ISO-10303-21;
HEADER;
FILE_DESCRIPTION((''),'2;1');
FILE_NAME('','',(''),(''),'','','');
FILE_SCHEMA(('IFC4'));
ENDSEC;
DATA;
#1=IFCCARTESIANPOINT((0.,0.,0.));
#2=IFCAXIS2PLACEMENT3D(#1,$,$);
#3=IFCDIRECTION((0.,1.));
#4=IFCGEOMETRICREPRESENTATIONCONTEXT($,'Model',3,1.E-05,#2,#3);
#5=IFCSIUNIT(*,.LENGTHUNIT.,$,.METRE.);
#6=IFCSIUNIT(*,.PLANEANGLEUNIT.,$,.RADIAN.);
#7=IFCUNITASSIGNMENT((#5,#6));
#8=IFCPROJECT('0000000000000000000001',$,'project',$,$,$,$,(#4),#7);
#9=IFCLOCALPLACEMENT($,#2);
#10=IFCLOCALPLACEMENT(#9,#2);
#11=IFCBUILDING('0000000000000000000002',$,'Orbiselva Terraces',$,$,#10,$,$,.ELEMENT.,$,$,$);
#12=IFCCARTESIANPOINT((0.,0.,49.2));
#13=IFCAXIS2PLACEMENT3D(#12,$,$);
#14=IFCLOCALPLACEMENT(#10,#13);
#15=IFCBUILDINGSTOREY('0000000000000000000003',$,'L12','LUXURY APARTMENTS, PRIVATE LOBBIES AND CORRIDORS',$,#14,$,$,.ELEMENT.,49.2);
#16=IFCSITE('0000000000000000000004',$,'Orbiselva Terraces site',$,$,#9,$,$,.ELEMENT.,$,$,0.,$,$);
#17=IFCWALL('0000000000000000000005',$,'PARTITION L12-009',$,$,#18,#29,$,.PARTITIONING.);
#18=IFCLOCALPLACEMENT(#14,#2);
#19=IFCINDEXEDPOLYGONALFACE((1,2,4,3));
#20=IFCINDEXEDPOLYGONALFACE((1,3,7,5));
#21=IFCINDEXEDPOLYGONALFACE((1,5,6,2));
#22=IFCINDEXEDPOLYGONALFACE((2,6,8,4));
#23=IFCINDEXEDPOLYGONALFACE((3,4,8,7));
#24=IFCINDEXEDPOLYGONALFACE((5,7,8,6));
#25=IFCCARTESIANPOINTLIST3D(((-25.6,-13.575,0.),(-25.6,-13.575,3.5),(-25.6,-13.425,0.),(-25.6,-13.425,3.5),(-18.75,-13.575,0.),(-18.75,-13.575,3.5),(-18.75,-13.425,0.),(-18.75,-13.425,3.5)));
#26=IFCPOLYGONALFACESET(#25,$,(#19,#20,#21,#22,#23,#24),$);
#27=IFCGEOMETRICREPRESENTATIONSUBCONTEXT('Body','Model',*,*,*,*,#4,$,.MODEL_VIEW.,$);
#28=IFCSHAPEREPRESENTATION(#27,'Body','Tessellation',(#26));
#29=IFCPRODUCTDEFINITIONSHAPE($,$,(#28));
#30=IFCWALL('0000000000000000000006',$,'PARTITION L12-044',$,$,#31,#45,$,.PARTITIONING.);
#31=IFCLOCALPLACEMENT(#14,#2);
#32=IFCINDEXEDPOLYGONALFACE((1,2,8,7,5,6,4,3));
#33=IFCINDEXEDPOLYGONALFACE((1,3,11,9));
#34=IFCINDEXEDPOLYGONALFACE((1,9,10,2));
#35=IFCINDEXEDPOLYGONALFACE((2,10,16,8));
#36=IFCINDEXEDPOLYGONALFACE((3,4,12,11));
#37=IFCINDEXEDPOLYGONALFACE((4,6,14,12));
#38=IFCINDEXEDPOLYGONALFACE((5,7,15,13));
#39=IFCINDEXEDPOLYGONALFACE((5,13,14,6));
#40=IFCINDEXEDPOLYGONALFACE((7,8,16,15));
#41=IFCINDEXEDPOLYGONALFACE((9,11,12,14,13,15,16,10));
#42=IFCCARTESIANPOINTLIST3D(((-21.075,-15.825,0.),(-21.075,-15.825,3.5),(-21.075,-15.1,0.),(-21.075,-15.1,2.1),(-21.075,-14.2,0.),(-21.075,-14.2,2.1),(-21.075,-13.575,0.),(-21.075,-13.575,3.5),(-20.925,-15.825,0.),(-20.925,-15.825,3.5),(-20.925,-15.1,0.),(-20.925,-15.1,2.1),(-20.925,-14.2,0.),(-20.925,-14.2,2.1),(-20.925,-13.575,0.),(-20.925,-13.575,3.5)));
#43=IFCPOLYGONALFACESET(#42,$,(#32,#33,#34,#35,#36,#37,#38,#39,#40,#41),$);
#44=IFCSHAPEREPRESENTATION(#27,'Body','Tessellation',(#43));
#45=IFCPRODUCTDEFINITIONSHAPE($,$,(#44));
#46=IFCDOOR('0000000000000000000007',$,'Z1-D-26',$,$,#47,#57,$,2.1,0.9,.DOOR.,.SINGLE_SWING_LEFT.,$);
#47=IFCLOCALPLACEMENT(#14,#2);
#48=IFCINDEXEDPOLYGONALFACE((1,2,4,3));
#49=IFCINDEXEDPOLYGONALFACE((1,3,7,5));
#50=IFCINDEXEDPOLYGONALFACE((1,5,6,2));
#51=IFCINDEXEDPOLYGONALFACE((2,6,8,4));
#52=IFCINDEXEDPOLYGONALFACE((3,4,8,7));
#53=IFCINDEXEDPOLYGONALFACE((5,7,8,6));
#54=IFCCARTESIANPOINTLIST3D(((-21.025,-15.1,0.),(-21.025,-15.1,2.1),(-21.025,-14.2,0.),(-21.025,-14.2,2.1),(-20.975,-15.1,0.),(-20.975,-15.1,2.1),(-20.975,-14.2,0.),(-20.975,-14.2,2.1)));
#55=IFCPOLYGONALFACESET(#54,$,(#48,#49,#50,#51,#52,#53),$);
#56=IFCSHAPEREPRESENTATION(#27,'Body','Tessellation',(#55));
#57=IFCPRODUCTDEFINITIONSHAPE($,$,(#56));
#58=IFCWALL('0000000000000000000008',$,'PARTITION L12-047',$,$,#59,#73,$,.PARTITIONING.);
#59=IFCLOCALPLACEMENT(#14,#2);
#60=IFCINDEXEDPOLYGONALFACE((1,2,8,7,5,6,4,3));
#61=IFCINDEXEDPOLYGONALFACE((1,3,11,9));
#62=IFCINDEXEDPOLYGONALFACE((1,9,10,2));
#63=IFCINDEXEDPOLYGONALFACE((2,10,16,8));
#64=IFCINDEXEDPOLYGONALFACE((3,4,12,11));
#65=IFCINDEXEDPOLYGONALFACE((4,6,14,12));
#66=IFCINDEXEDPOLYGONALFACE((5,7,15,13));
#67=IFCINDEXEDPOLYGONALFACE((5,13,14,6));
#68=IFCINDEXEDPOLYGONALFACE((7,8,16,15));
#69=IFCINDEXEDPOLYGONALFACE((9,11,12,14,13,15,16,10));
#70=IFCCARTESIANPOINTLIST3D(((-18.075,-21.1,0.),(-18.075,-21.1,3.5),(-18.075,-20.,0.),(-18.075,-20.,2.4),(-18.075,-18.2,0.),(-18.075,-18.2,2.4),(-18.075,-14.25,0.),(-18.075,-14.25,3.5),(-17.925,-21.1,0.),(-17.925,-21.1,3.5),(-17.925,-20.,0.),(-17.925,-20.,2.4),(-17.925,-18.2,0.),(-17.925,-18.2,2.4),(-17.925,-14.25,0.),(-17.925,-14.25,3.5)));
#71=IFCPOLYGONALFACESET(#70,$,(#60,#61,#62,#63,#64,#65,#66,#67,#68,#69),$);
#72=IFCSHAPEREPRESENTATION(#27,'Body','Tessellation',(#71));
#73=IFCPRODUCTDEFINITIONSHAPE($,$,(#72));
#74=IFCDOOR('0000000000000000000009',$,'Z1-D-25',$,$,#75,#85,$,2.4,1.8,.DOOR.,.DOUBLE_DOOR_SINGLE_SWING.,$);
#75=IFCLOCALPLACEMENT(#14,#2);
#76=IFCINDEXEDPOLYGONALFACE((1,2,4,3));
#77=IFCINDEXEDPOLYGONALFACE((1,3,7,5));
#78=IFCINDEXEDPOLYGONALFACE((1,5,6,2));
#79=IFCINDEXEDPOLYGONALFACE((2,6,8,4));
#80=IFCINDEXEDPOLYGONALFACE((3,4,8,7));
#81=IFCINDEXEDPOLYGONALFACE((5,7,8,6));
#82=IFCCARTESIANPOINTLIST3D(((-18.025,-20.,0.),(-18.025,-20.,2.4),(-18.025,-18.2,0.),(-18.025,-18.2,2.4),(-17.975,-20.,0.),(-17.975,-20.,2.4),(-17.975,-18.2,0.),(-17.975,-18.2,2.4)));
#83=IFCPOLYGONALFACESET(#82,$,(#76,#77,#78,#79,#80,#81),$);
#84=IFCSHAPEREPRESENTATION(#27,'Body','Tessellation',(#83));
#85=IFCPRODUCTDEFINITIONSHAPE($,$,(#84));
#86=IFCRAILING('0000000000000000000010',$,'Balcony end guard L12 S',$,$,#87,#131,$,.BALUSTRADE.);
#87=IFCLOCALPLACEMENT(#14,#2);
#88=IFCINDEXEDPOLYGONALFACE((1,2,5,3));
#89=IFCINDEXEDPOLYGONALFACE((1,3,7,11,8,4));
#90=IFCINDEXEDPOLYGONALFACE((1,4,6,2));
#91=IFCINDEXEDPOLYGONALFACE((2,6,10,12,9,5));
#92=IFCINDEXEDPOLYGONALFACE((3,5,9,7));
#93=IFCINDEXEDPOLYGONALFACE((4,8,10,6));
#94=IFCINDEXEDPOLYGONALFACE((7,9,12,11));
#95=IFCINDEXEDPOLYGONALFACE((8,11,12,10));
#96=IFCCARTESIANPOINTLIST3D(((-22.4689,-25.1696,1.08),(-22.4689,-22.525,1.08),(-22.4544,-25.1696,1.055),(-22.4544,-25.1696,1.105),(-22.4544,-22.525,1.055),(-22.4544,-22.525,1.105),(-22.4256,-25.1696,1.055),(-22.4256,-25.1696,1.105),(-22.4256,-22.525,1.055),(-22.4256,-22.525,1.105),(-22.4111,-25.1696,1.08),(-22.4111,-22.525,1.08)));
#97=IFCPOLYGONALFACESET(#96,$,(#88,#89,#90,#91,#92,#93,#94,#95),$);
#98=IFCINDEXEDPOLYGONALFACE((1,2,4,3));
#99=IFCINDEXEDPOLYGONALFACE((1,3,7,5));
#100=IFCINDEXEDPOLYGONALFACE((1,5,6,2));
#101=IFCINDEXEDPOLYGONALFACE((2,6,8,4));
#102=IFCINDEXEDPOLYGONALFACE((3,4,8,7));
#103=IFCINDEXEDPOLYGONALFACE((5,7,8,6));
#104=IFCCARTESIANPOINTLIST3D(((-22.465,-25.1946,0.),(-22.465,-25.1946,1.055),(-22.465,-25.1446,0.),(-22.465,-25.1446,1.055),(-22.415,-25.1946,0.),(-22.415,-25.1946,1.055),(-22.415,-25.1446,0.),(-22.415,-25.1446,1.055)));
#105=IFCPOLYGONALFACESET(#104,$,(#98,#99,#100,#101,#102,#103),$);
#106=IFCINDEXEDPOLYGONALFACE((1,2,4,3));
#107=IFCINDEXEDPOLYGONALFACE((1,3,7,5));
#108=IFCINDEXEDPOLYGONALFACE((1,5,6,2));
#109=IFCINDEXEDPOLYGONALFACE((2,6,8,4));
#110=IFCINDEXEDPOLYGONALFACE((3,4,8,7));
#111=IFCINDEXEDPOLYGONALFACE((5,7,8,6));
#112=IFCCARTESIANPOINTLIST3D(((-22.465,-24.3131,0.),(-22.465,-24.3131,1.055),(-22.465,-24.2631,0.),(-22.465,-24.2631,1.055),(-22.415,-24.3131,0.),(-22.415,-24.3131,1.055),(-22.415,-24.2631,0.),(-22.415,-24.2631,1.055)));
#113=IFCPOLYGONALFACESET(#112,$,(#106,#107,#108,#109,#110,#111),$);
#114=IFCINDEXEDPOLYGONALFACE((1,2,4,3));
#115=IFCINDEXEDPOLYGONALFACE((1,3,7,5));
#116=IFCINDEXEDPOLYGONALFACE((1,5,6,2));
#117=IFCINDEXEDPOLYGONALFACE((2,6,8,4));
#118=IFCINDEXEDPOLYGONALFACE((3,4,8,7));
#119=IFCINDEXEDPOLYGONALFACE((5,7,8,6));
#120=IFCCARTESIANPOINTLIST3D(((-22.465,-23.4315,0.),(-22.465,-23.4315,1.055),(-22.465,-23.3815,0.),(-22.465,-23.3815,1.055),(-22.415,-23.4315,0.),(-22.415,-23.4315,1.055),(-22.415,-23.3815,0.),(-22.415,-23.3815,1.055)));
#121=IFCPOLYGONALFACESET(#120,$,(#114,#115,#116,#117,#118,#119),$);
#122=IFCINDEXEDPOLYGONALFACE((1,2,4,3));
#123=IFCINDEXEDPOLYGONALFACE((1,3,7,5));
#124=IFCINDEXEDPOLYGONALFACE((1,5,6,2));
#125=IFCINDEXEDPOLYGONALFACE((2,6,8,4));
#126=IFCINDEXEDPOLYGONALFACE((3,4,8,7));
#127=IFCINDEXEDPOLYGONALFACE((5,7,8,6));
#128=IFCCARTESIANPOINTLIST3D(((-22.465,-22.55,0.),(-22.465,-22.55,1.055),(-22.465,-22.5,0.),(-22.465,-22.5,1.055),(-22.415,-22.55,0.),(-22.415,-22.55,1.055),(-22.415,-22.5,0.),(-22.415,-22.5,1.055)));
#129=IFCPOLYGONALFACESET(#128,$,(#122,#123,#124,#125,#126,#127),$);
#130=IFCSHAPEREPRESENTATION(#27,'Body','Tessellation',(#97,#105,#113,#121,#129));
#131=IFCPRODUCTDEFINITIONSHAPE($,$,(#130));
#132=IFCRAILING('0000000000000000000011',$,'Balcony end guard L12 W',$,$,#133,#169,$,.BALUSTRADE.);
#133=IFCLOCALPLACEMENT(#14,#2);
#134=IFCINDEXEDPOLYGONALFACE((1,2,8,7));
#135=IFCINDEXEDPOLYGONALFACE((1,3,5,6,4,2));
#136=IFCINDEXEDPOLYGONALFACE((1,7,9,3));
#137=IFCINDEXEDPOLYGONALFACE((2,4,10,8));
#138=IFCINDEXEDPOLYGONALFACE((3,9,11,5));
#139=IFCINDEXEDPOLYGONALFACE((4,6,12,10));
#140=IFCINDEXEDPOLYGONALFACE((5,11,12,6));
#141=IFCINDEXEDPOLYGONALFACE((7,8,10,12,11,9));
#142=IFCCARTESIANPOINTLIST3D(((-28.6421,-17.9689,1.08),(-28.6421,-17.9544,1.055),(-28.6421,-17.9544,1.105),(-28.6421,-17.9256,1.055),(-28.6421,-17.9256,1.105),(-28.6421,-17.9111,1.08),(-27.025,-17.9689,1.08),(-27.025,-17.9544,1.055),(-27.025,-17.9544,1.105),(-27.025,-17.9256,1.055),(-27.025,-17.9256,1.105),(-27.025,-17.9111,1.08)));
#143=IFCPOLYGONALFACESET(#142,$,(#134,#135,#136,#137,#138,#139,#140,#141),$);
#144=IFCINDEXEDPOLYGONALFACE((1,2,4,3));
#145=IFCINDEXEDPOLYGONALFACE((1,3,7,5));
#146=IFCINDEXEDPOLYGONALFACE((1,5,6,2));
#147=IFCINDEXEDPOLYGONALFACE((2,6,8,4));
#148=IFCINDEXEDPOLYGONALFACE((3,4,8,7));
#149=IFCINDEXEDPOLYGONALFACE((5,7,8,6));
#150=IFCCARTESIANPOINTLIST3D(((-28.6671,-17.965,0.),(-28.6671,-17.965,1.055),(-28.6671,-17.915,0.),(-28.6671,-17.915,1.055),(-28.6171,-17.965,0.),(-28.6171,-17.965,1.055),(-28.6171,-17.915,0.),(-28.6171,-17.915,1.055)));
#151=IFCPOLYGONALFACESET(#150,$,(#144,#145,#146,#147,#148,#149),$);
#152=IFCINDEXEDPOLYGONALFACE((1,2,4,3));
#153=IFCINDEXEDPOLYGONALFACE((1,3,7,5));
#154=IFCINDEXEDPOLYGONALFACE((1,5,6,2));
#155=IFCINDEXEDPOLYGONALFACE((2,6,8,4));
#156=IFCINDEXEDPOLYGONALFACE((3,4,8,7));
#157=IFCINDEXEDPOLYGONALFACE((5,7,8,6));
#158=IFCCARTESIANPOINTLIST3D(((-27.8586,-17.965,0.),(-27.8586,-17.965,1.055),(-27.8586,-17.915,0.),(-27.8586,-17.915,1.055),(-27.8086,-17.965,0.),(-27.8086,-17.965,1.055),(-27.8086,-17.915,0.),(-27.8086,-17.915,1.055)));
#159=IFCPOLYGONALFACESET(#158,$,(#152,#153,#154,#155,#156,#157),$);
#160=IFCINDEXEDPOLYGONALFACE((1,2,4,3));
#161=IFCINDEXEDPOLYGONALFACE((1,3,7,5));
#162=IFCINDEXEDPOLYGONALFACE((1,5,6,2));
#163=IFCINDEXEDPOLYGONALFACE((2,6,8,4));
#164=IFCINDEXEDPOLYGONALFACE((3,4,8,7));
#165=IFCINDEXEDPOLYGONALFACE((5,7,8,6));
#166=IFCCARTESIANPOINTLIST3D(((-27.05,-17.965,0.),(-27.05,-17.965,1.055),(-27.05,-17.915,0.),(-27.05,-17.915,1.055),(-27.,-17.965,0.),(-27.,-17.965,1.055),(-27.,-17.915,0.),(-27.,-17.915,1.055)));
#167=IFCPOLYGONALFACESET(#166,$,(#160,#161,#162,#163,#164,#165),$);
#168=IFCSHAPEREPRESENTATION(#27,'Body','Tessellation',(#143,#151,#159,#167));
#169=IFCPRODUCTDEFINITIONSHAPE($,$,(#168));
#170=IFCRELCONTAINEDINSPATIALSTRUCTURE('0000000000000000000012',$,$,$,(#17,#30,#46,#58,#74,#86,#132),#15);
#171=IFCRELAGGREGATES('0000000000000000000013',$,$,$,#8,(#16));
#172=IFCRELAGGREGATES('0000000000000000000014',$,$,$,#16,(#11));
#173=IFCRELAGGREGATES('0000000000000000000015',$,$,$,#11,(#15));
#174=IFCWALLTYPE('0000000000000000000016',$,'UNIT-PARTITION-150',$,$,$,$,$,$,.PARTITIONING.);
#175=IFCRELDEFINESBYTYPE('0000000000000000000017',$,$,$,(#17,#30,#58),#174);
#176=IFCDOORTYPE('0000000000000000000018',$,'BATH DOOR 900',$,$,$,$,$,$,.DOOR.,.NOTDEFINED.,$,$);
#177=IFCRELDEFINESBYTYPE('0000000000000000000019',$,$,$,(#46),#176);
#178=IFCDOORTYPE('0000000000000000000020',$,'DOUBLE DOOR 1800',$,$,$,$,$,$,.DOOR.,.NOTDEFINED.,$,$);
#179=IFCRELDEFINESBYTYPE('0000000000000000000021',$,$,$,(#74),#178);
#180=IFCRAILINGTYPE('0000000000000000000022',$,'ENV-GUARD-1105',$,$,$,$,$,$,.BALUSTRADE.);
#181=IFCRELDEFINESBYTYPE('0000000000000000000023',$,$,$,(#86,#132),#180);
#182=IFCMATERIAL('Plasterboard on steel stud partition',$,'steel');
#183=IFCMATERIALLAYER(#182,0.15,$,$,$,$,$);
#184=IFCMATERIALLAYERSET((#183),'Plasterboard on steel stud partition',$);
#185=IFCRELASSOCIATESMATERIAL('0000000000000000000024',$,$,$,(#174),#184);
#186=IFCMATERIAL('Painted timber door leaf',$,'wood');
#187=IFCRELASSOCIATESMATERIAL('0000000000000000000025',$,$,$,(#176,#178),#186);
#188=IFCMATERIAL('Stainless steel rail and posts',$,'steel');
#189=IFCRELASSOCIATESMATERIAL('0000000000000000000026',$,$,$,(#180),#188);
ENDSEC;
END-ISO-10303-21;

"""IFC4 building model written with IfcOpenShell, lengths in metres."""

from ifc_helpers import new_model, si_unit, direction, frame, frame_2d, origin, origin_2d, place, context, subcontext, project, spatial, polyline, rectangle, outline, extrude, material, layer, layer_set, type_object, element, fill, save


model = new_model("IFC4")

# Units and contexts
model_context = context("Model", 3, precision=1e-05, world=origin(), true_north=direction((0.0, 1.0)))
body_context = subcontext(model_context, "Body", "Model", "MODEL_VIEW")
ifc_project = project(units=[si_unit("LENGTHUNIT", "METRE"), si_unit("PLANEANGLEUNIT", "RADIAN")], contexts=[model_context])

# Site, building, storey
site_placement = place(None, origin())
site = spatial("IfcSite", under=ifc_project, at=site_placement, Name="Orbiselva Terraces site", CompositionType="ELEMENT", RefElevation=0.0)
building_placement = place(site_placement, origin())
building = spatial("IfcBuilding", under=site, at=building_placement, Name="Orbiselva Terraces", CompositionType="ELEMENT")
storey_placement = place(building_placement, frame((0.0, 0.0, 49.2)))
storey = spatial("IfcBuildingStorey", under=building, at=storey_placement, Name="L12", Description="LUXURY APARTMENTS, PRIVATE LOBBIES AND CORRIDORS", CompositionType="ELEMENT", Elevation=49.2)

# Wall
ifc_material_1 = material(Name="Plasterboard on steel stud partition", Category="steel")
ifc_layer_1 = layer(ifc_material_1, 0.15)
ifc_layer_set_1 = layer_set([ifc_layer_1], Name="Plasterboard on steel stud partition")
wall_type_1 = type_object("IfcWallType", Name="UNIT-PARTITION-150", PredefinedType="PARTITIONING", material=ifc_layer_set_1)
wall_1_placement = place(storey_placement, frame((-25.6, -13.5, 0.0), z_axis=(0.0, 0.0, 1.0), x_axis=(1.0, 0.0, 0.0)))
element("IfcWall", 1, at=wall_1_placement, inside=storey, type_object=wall_type_1, Name="PARTITION L12-009", PredefinedType="PARTITIONING", context=body_context, shape_type="SweptSolid", body=[
    extrude(rectangle(XDim=6.85, YDim=0.15, at=frame_2d((3.425, 0.0))), origin(), (0.0, 0.0, 1.0), 3.5),
])

# Walls, openings, doors
wall_2_placement = place(storey_placement, frame((-21.0, -13.575, 0.0), z_axis=(0.0, 0.0, 1.0), x_axis=(0.0, -1.0, 0.0)))
wall_2 = element("IfcWall", 2, at=wall_2_placement, inside=storey, type_object=wall_type_1, Name="PARTITION L12-044", PredefinedType="PARTITIONING", context=body_context, shape_type="SweptSolid", body=[
    extrude(rectangle(XDim=2.25, YDim=0.15, at=frame_2d((1.125, 0.0))), origin(), (0.0, 0.0, 1.0), 3.5),
])
opening_1_placement = place(wall_2_placement, frame((0.625, 0.0, 0.0)))
opening_1 = element("IfcOpeningElement", 3, at=opening_1_placement, cuts=wall_2, PredefinedType="OPENING", context=body_context, shape_type="SweptSolid", body=[
    extrude(rectangle(XDim=0.9, YDim=2.1, at=frame_2d((0.45, 1.05))), frame((0.0, 0.085, 0.0), z_axis=(0.0, -1.0, 0.0), x_axis=(1.0, 0.0, 0.0)), (0.0, 0.0, 1.0), 0.17),
])
ifc_material_2 = material(Name="Painted timber door leaf", Category="wood")
door_type_1 = type_object("IfcDoorType", Name="BATH DOOR 900", OperationType="NOTDEFINED", PredefinedType="DOOR", material=ifc_material_2)
door_1_placement = place(opening_1_placement, origin())
door_1 = element("IfcDoor", 4, at=door_1_placement, inside=storey, type_object=door_type_1, Name="Z1-D-26", OperationType="SINGLE_SWING_LEFT", OverallHeight=2.1, OverallWidth=0.9, PredefinedType="DOOR", context=body_context, shape_type="SweptSolid", body=[
    extrude(rectangle(XDim=0.9, YDim=2.1, at=frame_2d((0.45, 1.05))), frame((0.0, 0.025, 0.0), z_axis=(0.0, -1.0, 0.0), x_axis=(1.0, 0.0, 0.0)), (0.0, 0.0, 1.0), 0.05),
])
fill(opening_1, door_1)
wall_3_placement = place(storey_placement, frame((-18.0, -21.1, 0.0), z_axis=(0.0, 0.0, 1.0), x_axis=(0.0, 1.0, 0.0)))
wall_3 = element("IfcWall", 5, at=wall_3_placement, inside=storey, type_object=wall_type_1, Name="PARTITION L12-047", PredefinedType="PARTITIONING", context=body_context, shape_type="SweptSolid", body=[
    extrude(rectangle(XDim=6.85, YDim=0.15, at=frame_2d((3.425, 0.0))), origin(), (0.0, 0.0, 1.0), 3.5),
])
opening_2_placement = place(wall_3_placement, frame((1.1, 0.0, 0.0)))
opening_2 = element("IfcOpeningElement", 6, at=opening_2_placement, cuts=wall_3, PredefinedType="OPENING", context=body_context, shape_type="SweptSolid", body=[
    extrude(rectangle(XDim=1.8, YDim=2.4, at=frame_2d((0.9, 1.2))), frame((0.0, 0.085, 0.0), z_axis=(0.0, -1.0, 0.0), x_axis=(1.0, 0.0, 0.0)), (0.0, 0.0, 1.0), 0.17),
])
door_type_2 = type_object("IfcDoorType", Name="DOUBLE DOOR 1800", OperationType="NOTDEFINED", PredefinedType="DOOR", material=ifc_material_2)
door_2_placement = place(opening_2_placement, origin())
door_2 = element("IfcDoor", 7, at=door_2_placement, inside=storey, type_object=door_type_2, Name="Z1-D-25", OperationType="DOUBLE_DOOR_SINGLE_SWING", OverallHeight=2.4, OverallWidth=1.8, PredefinedType="DOOR", context=body_context, shape_type="SweptSolid", body=[
    extrude(rectangle(XDim=1.8, YDim=2.4, at=frame_2d((0.9, 1.2))), frame((0.0, 0.025, 0.0), z_axis=(0.0, -1.0, 0.0), x_axis=(1.0, 0.0, 0.0)), (0.0, 0.0, 1.0), 0.05),
])
fill(opening_2, door_2)

# Railings
ifc_material_3 = material(Name="Stainless steel rail and posts", Category="steel")
railing_type_1 = type_object("IfcRailingType", Name="ENV-GUARD-1105", PredefinedType="BALUSTRADE", material=ifc_material_3)
railing_1_placement = place(storey_placement, frame((-22.44, -25.1696, 0.0)))
element("IfcRailing", 8, at=railing_1_placement, inside=storey, type_object=railing_type_1, Name="Balcony end guard L12 S", PredefinedType="BALUSTRADE", context=body_context, shape_type="SweptSolid", body=[
    extrude(outline(polyline([(0.0289, 0.0), (0.0144, 0.025), (-0.0144, 0.025), (-0.0289, 0.0), (-0.0144, -0.025), (0.0144, -0.025), (0.0289, 0.0)])), frame((0.0, 0.0, 1.08), z_axis=(0.0, 1.0, 0.0), x_axis=(-1.0, 0.0, 0.0)), (0.0, 0.0, 1.0), 2.6446),
    extrude(rectangle(XDim=0.05, YDim=0.05, at=origin_2d()), origin(), (0.0, 0.0, 1.0), 1.055),
    extrude(rectangle(XDim=0.05, YDim=0.05, at=origin_2d()), frame((0.0, 0.8815, 0.0)), (0.0, 0.0, 1.0), 1.055),
    extrude(rectangle(XDim=0.05, YDim=0.05, at=origin_2d()), frame((0.0, 1.7631, 0.0)), (0.0, 0.0, 1.0), 1.055),
    extrude(rectangle(XDim=0.05, YDim=0.05, at=origin_2d()), frame((0.0, 2.6446, 0.0)), (0.0, 0.0, 1.0), 1.055),
])
railing_2_placement = place(storey_placement, frame((-28.6421, -17.94, 0.0)))
element("IfcRailing", 9, at=railing_2_placement, inside=storey, type_object=railing_type_1, Name="Balcony end guard L12 W", PredefinedType="BALUSTRADE", context=body_context, shape_type="SweptSolid", body=[
    extrude(outline(polyline([(0.0289, 0.0), (0.0144, 0.025), (-0.0144, 0.025), (-0.0289, 0.0), (-0.0144, -0.025), (0.0144, -0.025), (0.0289, 0.0)])), frame((0.0, 0.0, 1.08), z_axis=(1.0, 0.0, 0.0), x_axis=(0.0, 1.0, 0.0)), (0.0, 0.0, 1.0), 1.6171),
    extrude(rectangle(XDim=0.05, YDim=0.05, at=origin_2d()), origin(), (0.0, 0.0, 1.0), 1.055),
    extrude(rectangle(XDim=0.05, YDim=0.05, at=origin_2d()), frame((0.8086, 0.0, 0.0)), (0.0, 0.0, 1.0), 1.055),
    extrude(rectangle(XDim=0.05, YDim=0.05, at=origin_2d()), frame((1.6171, 0.0, 0.0)), (0.0, 0.0, 1.0), 1.055),
])

save(model, "model.ifc")
